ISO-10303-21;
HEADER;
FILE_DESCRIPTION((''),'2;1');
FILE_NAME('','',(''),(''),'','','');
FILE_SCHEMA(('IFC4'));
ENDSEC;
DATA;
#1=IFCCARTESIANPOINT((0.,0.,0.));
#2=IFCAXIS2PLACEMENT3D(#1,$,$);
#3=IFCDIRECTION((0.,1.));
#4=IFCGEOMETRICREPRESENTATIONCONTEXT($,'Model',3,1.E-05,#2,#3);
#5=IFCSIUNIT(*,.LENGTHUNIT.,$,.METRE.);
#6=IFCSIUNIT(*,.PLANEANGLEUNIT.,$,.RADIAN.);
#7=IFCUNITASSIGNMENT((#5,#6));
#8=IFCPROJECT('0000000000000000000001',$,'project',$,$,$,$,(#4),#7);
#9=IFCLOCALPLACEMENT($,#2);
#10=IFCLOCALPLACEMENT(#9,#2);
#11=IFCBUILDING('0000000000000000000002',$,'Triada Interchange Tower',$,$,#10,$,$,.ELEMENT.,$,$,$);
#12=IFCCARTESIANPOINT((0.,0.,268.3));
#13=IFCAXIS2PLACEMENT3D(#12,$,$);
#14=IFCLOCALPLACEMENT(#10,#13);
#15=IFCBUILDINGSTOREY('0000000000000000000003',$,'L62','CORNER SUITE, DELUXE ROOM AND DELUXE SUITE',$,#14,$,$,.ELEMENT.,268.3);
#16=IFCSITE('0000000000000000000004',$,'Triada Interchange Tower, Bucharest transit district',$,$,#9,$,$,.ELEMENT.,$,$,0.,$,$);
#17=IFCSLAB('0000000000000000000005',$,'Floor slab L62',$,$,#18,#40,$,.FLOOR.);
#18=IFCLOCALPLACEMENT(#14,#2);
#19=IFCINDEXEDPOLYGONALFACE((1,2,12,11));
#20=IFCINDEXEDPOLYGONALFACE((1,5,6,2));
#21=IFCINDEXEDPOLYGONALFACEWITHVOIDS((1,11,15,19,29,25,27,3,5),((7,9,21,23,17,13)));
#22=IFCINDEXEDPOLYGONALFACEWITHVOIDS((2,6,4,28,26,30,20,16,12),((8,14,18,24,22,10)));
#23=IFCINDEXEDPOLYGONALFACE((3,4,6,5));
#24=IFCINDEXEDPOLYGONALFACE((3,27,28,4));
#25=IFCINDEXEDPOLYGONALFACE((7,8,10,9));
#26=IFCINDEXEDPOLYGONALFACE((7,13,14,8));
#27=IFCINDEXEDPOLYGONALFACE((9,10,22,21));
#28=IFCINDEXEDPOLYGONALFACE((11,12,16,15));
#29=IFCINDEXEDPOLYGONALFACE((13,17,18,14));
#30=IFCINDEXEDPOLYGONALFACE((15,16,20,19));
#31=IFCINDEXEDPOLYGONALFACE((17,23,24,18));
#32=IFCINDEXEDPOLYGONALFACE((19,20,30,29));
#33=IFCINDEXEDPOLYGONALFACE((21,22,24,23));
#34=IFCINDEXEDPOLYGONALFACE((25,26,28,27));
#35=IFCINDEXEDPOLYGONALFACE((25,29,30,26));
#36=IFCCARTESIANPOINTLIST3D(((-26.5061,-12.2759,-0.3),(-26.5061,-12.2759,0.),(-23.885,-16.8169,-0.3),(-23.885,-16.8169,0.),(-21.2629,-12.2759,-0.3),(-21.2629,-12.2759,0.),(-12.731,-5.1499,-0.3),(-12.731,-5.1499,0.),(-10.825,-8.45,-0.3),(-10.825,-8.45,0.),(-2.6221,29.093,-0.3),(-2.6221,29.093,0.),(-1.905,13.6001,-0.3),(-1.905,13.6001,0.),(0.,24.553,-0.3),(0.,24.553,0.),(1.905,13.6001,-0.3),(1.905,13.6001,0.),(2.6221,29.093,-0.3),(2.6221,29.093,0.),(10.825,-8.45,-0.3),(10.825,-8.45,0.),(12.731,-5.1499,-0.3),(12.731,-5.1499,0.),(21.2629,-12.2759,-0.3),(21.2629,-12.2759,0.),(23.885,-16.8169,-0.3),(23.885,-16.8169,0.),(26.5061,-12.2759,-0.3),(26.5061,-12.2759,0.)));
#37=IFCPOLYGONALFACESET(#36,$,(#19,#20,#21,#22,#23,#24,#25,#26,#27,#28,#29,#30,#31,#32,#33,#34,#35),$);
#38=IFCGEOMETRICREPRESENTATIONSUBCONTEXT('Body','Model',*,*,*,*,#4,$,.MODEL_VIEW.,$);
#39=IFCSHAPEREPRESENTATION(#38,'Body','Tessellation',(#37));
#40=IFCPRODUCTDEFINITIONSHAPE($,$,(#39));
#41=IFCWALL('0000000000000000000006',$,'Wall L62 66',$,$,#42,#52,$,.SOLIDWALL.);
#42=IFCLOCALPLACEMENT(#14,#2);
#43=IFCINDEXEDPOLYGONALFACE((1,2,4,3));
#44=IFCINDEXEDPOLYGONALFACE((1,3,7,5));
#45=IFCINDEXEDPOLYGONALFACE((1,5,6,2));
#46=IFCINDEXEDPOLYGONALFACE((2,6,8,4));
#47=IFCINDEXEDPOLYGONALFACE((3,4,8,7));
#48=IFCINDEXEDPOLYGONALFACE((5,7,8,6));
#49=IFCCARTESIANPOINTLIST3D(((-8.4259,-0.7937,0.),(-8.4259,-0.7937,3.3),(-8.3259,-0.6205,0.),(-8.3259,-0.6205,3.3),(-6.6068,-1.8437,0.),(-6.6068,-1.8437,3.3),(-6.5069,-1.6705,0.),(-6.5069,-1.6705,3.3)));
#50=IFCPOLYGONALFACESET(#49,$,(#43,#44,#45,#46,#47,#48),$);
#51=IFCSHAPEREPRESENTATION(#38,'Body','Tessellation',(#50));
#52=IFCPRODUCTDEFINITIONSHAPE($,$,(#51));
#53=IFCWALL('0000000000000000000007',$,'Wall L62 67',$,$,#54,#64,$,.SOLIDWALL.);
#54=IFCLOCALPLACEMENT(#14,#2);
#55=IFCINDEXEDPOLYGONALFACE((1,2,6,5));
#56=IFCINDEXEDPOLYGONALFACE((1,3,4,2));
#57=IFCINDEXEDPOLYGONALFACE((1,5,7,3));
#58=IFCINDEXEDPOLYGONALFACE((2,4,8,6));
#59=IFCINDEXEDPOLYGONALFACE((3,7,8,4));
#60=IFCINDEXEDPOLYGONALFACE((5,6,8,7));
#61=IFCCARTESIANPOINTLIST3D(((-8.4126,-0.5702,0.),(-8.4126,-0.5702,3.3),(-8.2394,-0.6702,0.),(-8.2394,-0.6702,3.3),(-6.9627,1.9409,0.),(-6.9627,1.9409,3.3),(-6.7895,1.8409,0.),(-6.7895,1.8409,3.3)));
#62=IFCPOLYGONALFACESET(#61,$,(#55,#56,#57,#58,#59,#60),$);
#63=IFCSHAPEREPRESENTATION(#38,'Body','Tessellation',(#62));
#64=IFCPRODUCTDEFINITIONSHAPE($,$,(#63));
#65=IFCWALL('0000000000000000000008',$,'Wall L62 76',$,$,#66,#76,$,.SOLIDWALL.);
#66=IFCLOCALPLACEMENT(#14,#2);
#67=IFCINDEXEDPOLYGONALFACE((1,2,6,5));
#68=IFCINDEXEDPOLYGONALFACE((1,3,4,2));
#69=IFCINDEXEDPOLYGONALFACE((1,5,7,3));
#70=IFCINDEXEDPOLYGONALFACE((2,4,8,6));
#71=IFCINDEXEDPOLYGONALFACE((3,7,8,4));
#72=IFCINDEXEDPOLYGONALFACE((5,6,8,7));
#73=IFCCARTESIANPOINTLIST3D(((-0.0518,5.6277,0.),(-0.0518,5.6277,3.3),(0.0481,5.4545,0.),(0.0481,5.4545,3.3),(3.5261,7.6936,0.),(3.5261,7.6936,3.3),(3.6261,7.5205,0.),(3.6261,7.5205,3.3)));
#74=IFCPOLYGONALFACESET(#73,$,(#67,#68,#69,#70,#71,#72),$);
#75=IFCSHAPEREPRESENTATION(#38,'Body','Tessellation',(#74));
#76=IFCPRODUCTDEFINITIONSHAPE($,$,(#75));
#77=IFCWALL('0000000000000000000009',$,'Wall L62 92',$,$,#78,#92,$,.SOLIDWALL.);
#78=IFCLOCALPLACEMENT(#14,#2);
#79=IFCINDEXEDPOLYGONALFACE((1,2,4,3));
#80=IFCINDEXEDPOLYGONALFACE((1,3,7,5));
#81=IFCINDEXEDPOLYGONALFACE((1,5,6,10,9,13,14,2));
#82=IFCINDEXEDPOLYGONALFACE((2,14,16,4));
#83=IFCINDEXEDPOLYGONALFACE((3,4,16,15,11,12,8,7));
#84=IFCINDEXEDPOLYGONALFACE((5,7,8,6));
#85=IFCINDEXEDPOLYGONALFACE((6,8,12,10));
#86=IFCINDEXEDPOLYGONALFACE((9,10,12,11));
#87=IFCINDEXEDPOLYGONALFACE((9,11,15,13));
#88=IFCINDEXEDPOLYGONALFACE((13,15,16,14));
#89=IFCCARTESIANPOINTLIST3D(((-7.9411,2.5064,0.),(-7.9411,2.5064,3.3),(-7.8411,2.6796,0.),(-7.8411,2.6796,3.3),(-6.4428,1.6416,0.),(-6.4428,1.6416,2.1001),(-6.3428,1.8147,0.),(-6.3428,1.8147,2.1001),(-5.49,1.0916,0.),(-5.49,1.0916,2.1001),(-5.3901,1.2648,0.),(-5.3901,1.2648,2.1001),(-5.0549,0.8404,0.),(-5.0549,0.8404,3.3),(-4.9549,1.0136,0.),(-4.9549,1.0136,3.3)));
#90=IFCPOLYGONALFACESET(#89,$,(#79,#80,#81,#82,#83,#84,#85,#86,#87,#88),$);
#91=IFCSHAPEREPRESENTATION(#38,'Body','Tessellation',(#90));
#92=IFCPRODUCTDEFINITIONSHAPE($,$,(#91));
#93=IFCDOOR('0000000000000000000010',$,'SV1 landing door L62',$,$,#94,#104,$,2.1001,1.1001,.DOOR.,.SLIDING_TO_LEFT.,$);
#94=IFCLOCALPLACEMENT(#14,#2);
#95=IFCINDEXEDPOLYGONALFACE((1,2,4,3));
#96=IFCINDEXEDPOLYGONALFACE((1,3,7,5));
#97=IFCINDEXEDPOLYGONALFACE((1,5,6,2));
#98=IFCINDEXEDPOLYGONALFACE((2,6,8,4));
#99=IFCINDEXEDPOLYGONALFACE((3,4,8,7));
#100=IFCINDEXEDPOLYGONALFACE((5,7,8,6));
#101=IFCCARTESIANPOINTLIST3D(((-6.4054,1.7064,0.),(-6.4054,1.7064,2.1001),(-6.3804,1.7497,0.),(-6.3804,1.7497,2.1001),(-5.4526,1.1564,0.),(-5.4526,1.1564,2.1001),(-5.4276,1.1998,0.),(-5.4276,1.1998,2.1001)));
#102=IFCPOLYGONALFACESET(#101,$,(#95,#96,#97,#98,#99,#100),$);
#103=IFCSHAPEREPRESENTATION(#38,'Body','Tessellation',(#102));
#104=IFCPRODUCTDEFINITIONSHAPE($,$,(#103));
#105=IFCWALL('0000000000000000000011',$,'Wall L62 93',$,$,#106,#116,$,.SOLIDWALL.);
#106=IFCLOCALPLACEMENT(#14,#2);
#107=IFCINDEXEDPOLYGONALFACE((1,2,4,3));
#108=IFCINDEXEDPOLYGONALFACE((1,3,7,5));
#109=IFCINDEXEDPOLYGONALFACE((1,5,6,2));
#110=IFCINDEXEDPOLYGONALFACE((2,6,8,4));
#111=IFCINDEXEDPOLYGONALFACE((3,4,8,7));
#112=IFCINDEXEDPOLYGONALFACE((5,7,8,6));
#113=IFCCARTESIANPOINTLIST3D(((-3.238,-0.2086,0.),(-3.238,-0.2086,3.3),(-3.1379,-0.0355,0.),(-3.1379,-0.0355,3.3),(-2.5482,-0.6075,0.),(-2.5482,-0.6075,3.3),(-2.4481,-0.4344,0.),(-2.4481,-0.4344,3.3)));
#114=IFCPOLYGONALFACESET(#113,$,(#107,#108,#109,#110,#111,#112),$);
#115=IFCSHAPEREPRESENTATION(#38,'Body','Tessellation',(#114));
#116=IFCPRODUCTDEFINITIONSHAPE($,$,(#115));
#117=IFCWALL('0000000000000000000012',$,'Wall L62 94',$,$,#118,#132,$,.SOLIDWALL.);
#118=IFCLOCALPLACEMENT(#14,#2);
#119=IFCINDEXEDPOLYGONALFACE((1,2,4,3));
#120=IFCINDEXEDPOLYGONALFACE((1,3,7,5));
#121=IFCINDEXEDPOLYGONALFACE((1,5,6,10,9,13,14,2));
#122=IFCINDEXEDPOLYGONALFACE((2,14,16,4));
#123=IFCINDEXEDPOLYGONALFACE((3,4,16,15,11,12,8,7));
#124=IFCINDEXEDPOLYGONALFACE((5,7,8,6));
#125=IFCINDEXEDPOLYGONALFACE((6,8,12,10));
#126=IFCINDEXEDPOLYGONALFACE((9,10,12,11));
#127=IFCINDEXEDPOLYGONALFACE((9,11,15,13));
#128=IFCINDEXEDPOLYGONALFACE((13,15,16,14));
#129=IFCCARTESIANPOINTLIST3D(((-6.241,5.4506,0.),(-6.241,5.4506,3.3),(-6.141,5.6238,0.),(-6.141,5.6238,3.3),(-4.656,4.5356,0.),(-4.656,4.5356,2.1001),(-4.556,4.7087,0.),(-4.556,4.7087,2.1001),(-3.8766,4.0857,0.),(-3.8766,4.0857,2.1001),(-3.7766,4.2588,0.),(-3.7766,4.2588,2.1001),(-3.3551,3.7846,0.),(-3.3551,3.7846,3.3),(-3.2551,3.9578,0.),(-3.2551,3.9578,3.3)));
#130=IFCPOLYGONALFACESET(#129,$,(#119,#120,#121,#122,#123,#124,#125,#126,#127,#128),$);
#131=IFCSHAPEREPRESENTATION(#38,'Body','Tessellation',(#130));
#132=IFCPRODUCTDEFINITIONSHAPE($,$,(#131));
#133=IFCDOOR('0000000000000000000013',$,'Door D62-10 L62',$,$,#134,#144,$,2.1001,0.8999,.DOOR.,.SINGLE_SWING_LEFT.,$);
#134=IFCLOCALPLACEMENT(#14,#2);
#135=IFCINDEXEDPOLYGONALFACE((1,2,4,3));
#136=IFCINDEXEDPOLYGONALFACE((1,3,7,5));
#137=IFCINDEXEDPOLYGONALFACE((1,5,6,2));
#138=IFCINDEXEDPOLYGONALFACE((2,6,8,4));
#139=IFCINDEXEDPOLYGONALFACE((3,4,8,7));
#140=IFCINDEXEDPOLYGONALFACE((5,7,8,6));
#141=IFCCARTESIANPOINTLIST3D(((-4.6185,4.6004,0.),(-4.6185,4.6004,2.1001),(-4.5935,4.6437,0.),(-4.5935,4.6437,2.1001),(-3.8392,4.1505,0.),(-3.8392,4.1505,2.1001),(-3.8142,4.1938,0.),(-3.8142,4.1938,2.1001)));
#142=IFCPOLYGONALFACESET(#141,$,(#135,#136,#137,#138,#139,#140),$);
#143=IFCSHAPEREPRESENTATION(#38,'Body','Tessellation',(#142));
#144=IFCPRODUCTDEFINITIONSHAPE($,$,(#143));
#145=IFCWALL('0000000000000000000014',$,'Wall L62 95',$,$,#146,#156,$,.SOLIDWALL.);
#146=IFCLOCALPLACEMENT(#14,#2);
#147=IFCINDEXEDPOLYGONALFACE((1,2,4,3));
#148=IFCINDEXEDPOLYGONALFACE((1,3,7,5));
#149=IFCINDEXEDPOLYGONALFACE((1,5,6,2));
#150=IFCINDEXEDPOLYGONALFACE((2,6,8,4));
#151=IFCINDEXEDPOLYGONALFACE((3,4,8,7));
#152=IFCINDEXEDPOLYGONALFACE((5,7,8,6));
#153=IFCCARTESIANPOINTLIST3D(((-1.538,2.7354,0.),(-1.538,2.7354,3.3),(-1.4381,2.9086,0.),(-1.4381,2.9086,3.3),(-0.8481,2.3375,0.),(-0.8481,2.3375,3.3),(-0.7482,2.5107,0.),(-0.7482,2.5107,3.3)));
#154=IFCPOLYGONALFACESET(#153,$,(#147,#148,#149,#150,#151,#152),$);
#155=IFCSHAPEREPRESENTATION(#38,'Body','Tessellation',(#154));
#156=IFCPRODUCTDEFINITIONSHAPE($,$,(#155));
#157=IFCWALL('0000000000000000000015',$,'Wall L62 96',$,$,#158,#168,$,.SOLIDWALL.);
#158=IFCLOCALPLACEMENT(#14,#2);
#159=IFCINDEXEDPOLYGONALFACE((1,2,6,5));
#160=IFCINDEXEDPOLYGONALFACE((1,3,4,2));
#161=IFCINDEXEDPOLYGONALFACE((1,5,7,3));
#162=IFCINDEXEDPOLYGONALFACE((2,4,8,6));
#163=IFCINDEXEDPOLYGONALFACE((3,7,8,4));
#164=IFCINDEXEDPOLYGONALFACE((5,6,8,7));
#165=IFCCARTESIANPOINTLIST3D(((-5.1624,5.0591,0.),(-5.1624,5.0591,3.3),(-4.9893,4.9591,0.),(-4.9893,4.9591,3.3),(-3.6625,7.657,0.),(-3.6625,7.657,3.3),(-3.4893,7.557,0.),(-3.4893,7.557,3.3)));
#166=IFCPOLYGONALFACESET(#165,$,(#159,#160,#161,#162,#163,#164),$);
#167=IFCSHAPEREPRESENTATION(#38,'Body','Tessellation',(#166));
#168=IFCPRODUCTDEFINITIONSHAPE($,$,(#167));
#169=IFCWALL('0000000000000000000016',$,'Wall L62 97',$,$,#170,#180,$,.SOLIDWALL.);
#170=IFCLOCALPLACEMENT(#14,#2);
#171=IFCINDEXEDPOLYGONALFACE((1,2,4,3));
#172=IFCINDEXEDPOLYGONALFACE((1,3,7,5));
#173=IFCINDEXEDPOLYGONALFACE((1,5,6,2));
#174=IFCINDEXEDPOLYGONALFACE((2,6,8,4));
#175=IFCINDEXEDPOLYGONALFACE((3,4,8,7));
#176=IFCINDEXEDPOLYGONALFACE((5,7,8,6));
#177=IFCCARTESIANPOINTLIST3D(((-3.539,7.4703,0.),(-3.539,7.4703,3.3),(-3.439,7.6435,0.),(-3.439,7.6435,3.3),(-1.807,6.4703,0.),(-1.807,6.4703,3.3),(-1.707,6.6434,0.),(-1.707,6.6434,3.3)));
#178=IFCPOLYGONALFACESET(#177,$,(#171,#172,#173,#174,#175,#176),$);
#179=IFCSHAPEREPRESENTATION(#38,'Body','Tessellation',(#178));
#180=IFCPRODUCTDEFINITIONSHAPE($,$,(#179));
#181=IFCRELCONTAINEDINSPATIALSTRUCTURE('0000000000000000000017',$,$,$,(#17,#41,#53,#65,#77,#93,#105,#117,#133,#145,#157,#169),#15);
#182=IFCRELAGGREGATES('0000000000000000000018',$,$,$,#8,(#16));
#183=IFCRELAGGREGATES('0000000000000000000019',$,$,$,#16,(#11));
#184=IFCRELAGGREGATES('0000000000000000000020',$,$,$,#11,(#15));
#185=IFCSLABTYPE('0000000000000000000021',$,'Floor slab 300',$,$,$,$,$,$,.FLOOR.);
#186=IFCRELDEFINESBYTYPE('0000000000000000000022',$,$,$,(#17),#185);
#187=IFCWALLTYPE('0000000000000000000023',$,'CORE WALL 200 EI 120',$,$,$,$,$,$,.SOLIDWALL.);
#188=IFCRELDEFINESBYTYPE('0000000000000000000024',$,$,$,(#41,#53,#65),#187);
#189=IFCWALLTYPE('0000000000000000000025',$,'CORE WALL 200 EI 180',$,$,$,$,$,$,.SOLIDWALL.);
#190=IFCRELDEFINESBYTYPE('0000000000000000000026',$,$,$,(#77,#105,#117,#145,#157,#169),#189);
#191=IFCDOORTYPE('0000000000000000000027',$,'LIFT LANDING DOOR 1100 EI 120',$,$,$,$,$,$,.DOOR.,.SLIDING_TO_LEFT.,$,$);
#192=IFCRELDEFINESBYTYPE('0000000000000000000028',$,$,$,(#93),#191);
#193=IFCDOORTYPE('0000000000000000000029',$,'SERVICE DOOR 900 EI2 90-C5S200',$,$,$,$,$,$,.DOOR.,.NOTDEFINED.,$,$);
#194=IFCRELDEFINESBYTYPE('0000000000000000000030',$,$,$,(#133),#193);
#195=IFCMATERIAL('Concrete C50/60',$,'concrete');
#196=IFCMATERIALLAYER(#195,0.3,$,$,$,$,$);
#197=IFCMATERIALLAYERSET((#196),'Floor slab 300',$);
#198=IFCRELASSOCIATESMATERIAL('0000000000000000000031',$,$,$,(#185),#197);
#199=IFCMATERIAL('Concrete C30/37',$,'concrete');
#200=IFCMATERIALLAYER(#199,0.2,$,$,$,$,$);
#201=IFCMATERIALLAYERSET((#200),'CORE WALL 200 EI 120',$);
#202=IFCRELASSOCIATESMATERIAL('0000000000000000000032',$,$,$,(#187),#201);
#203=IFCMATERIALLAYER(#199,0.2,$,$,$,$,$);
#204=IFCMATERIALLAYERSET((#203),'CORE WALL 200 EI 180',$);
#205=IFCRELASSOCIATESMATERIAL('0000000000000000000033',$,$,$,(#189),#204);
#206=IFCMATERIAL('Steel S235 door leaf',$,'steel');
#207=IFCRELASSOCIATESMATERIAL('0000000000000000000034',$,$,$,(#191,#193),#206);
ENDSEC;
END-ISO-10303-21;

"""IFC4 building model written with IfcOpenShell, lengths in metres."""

from ifc_helpers import new_model, si_unit, direction, frame, frame_2d, origin, place, context, subcontext, project, spatial, polyline, rectangle, outline, extrude, material, layer, layer_set, type_object, element, fill, save


model = new_model("IFC4")

# Units and contexts
model_context = context("Model", 3, precision=1e-05, world=origin(), true_north=direction((0.0, 1.0)))
body_context = subcontext(model_context, "Body", "Model", "MODEL_VIEW")
ifc_project = project(units=[si_unit("LENGTHUNIT", "METRE"), si_unit("PLANEANGLEUNIT", "RADIAN")], contexts=[model_context])

# Site, building, storey
site_placement = place(None, origin())
site = spatial("IfcSite", under=ifc_project, at=site_placement, Name="Triada Interchange Tower, Bucharest transit district", CompositionType="ELEMENT", RefElevation=0.0)
building_placement = place(site_placement, origin())
building = spatial("IfcBuilding", under=site, at=building_placement, Name="Triada Interchange Tower", CompositionType="ELEMENT")
storey_placement = place(building_placement, frame((0.0, 0.0, 268.3)))
storey = spatial("IfcBuildingStorey", under=building, at=storey_placement, Name="L62", Description="CORNER SUITE, DELUXE ROOM AND DELUXE SUITE", CompositionType="ELEMENT", Elevation=268.3)

# Slab
ifc_material_1 = material(Name="Concrete C50/60", Category="concrete")
ifc_layer_1 = layer(ifc_material_1, 0.3)
ifc_layer_set_1 = layer_set([ifc_layer_1], Name="Floor slab 300")
slab_type = type_object("IfcSlabType", Name="Floor slab 300", PredefinedType="FLOOR", material=ifc_layer_set_1)
slab_placement = place(storey_placement, frame((0.0, 0.0, -0.3)))
element("IfcSlab", 1, at=slab_placement, inside=storey, type_object=slab_type, Name="Floor slab L62", PredefinedType="FLOOR", context=body_context, shape_type="SweptSolid", body=[
    extrude(outline(polyline([(-2.6221, 29.093), (-26.5061, -12.2759), (-21.2629, -12.2759), (-23.885, -16.8169), (23.885, -16.8169), (21.2629, -12.2759), (26.5061, -12.2759), (2.6221, 29.093), (0.0, 24.553), (-2.6221, 29.093)]), holes=[polyline([(1.905, 13.6001), (-1.905, 13.6001), (-12.731, -5.1499), (-10.825, -8.45), (10.825, -8.45), (12.731, -5.1499), (1.905, 13.6001)])]), origin(), (0.0, 0.0, 1.0), 0.3),
])

# Walls
ifc_material_2 = material(Name="Concrete C30/37", Category="concrete")
ifc_layer_2 = layer(ifc_material_2, 0.2)
ifc_layer_set_2 = layer_set([ifc_layer_2], Name="CORE WALL 200 EI 120")
wall_type_1 = type_object("IfcWallType", Name="CORE WALL 200 EI 120", PredefinedType="SOLIDWALL", material=ifc_layer_set_2)
wall_1_placement = place(storey_placement, frame((-8.376, -0.707, 0.0), z_axis=(0.0, 0.0, 1.0), x_axis=(0.866068, -0.499927, 0.0)))
element("IfcWall", 2, at=wall_1_placement, inside=storey, type_object=wall_type_1, Name="Wall L62 66", PredefinedType="SOLIDWALL", context=body_context, shape_type="SweptSolid", body=[
    extrude(rectangle(XDim=2.1003, YDim=0.2, at=frame_2d((1.0503, 0.0))), origin(), (0.0, 0.0, 1.0), 3.3),
])
wall_2_placement = place(storey_placement, frame((-8.3259, -0.6201, 0.0), z_axis=(0.0, 0.0, 1.0), x_axis=(0.500024, 0.866012, 0.0)))
element("IfcWall", 3, at=wall_2_placement, inside=storey, type_object=wall_type_1, Name="Wall L62 67", PredefinedType="SOLIDWALL", context=body_context, shape_type="SweptSolid", body=[
    extrude(rectangle(XDim=2.8997, YDim=0.2, at=frame_2d((1.4497, 0.0))), origin(), (0.0, 0.0, 1.0), 3.3),
])
wall_3_placement = place(storey_placement, frame((-0.002, 5.541, 0.0), z_axis=(0.0, 0.0, 1.0), x_axis=(0.866002, 0.500041, 0.0)))
element("IfcWall", 4, at=wall_3_placement, inside=storey, type_object=wall_type_1, Name="Wall L62 76", PredefinedType="SOLIDWALL", context=body_context, shape_type="SweptSolid", body=[
    extrude(rectangle(XDim=4.1316, YDim=0.2, at=frame_2d((2.0659, 0.0))), origin(), (0.0, 0.0, 1.0), 3.3),
])

# Wall, opening, door
ifc_layer_3 = layer(ifc_material_2, 0.2)
ifc_layer_set_3 = layer_set([ifc_layer_3], Name="CORE WALL 200 EI 180")
wall_type_2 = type_object("IfcWallType", Name="CORE WALL 200 EI 180", PredefinedType="SOLIDWALL", material=ifc_layer_set_3)
wall_4_placement = place(storey_placement, frame((-7.8911, 2.593, 0.0), z_axis=(0.0, 0.0, 1.0), x_axis=(0.866071, -0.499921, 0.0)))
wall_4 = element("IfcWall", 5, at=wall_4_placement, inside=storey, type_object=wall_type_2, Name="Wall L62 92", PredefinedType="SOLIDWALL", context=body_context, shape_type="SweptSolid", body=[
    extrude(rectangle(XDim=3.3325, YDim=0.2, at=frame_2d((1.6663, 0.0))), origin(), (0.0, 0.0, 1.0), 3.3),
])
opening_1_placement = place(wall_4_placement, frame((1.73, 0.0, 0.0)))
opening_1 = element("IfcOpeningElement", 6, at=opening_1_placement, cuts=wall_4, PredefinedType="OPENING", context=body_context, shape_type="SweptSolid", body=[
    extrude(rectangle(XDim=1.1001, YDim=2.1001, at=frame_2d((0.55, 1.05))), frame((0.0, 0.1099, 0.0), z_axis=(0.0, -1.0, 0.0), x_axis=(1.0, 0.0, 0.0)), (0.0, 0.0, 1.0), 0.22),
])
ifc_material_3 = material(Name="Steel S235 door leaf", Category="steel")
door_type_1 = type_object("IfcDoorType", Name="LIFT LANDING DOOR 1100 EI 120", OperationType="SLIDING_TO_LEFT", PredefinedType="DOOR", material=ifc_material_3)
door_1_placement = place(opening_1_placement, origin())
door_1 = element("IfcDoor", 7, at=door_1_placement, inside=storey, type_object=door_type_1, Name="SV1 landing door L62", OperationType="SLIDING_TO_LEFT", OverallHeight=2.1001, OverallWidth=1.1001, PredefinedType="DOOR", context=body_context, shape_type="SweptSolid", body=[
    extrude(rectangle(XDim=1.1001, YDim=2.1001, at=frame_2d((0.55, 1.05))), frame((0.0, 0.0249, 0.0), z_axis=(0.0, -1.0, 0.0), x_axis=(1.0, 0.0, 0.0)), (0.0, 0.0, 1.0), 0.05),
])
fill(opening_1, door_1)

# Wall
wall_5_placement = place(storey_placement, frame((-3.188, -0.1221, 0.0), z_axis=(0.0, 0.0, 1.0), x_axis=(0.865706, -0.500553, 0.0)))
element("IfcWall", 8, at=wall_5_placement, inside=storey, type_object=wall_type_2, Name="Wall L62 93", PredefinedType="SOLIDWALL", context=body_context, shape_type="SweptSolid", body=[
    extrude(rectangle(XDim=0.7969, YDim=0.2, at=frame_2d((0.3984, 0.0))), origin(), (0.0, 0.0, 1.0), 3.3),
])

# Wall, opening, door
wall_6_placement = place(storey_placement, frame((-6.1909, 5.5371, 0.0), z_axis=(0.0, 0.0, 1.0), x_axis=(0.866053, -0.499953, 0.0)))
wall_6 = element("IfcWall", 9, at=wall_6_placement, inside=storey, type_object=wall_type_2, Name="Wall L62 94", PredefinedType="SOLIDWALL", context=body_context, shape_type="SweptSolid", body=[
    extrude(rectangle(XDim=3.3323, YDim=0.2, at=frame_2d((1.666, 0.0))), origin(), (0.0, 0.0, 1.0), 3.3),
])
opening_2_placement = place(wall_6_placement, frame((1.8301, 0.0, 0.0)))
opening_2 = element("IfcOpeningElement", 10, at=opening_2_placement, cuts=wall_6, PredefinedType="OPENING", context=body_context, shape_type="SweptSolid", body=[
    extrude(rectangle(XDim=0.8999, YDim=2.1001, at=frame_2d((0.45, 1.05))), frame((0.0, 0.1099, 0.0), z_axis=(0.0, -1.0, 0.0), x_axis=(1.0, 0.0, 0.0)), (0.0, 0.0, 1.0), 0.22),
])
door_type_2 = type_object("IfcDoorType", Name="SERVICE DOOR 900 EI2 90-C5S200", OperationType="NOTDEFINED", PredefinedType="DOOR", material=ifc_material_3)
door_2_placement = place(opening_2_placement, origin())
door_2 = element("IfcDoor", 11, at=door_2_placement, inside=storey, type_object=door_type_2, Name="Door D62-10 L62", OperationType="SINGLE_SWING_LEFT", OverallHeight=2.1001, OverallWidth=0.8999, PredefinedType="DOOR", context=body_context, shape_type="SweptSolid", body=[
    extrude(rectangle(XDim=0.8999, YDim=2.1001, at=frame_2d((0.45, 1.05))), frame((0.0, 0.0249, 0.0), z_axis=(0.0, -1.0, 0.0), x_axis=(1.0, 0.0, 0.0)), (0.0, 0.0, 1.0), 0.05),
])
fill(opening_2, door_2)

# Walls
wall_7_placement = place(storey_placement, frame((-1.488, 2.822, 0.0), z_axis=(0.0, 0.0, 1.0), x_axis=(0.866237, -0.499634, 0.0)))
element("IfcWall", 12, at=wall_7_placement, inside=storey, type_object=wall_type_2, Name="Wall L62 95", PredefinedType="SOLIDWALL", context=body_context, shape_type="SweptSolid", body=[
    extrude(rectangle(XDim=0.7964, YDim=0.2, at=frame_2d((0.3982, 0.0))), origin(), (0.0, 0.0, 1.0), 3.3),
])
wall_8_placement = place(storey_placement, frame((-5.0759, 5.009, 0.0), z_axis=(0.0, 0.0, 1.0), x_axis=(0.500025, 0.866011, 0.0)))
element("IfcWall", 13, at=wall_8_placement, inside=storey, type_object=wall_type_2, Name="Wall L62 96", PredefinedType="SOLIDWALL", context=body_context, shape_type="SweptSolid", body=[
    extrude(rectangle(XDim=2.9998, YDim=0.2, at=frame_2d((1.5, 0.0))), origin(), (0.0, 0.0, 1.0), 3.3),
])
wall_9_placement = place(storey_placement, frame((-3.489, 7.5569, 0.0), z_axis=(0.0, 0.0, 1.0), x_axis=(0.866011, -0.500025, 0.0)))
element("IfcWall", 14, at=wall_9_placement, inside=storey, type_object=wall_type_2, Name="Wall L62 97", PredefinedType="SOLIDWALL", context=body_context, shape_type="SweptSolid", body=[
    extrude(rectangle(XDim=2.0, YDim=0.2, at=frame_2d((1.0, 0.0))), origin(), (0.0, 0.0, 1.0), 3.3),
])

save(model, "model.ifc")
